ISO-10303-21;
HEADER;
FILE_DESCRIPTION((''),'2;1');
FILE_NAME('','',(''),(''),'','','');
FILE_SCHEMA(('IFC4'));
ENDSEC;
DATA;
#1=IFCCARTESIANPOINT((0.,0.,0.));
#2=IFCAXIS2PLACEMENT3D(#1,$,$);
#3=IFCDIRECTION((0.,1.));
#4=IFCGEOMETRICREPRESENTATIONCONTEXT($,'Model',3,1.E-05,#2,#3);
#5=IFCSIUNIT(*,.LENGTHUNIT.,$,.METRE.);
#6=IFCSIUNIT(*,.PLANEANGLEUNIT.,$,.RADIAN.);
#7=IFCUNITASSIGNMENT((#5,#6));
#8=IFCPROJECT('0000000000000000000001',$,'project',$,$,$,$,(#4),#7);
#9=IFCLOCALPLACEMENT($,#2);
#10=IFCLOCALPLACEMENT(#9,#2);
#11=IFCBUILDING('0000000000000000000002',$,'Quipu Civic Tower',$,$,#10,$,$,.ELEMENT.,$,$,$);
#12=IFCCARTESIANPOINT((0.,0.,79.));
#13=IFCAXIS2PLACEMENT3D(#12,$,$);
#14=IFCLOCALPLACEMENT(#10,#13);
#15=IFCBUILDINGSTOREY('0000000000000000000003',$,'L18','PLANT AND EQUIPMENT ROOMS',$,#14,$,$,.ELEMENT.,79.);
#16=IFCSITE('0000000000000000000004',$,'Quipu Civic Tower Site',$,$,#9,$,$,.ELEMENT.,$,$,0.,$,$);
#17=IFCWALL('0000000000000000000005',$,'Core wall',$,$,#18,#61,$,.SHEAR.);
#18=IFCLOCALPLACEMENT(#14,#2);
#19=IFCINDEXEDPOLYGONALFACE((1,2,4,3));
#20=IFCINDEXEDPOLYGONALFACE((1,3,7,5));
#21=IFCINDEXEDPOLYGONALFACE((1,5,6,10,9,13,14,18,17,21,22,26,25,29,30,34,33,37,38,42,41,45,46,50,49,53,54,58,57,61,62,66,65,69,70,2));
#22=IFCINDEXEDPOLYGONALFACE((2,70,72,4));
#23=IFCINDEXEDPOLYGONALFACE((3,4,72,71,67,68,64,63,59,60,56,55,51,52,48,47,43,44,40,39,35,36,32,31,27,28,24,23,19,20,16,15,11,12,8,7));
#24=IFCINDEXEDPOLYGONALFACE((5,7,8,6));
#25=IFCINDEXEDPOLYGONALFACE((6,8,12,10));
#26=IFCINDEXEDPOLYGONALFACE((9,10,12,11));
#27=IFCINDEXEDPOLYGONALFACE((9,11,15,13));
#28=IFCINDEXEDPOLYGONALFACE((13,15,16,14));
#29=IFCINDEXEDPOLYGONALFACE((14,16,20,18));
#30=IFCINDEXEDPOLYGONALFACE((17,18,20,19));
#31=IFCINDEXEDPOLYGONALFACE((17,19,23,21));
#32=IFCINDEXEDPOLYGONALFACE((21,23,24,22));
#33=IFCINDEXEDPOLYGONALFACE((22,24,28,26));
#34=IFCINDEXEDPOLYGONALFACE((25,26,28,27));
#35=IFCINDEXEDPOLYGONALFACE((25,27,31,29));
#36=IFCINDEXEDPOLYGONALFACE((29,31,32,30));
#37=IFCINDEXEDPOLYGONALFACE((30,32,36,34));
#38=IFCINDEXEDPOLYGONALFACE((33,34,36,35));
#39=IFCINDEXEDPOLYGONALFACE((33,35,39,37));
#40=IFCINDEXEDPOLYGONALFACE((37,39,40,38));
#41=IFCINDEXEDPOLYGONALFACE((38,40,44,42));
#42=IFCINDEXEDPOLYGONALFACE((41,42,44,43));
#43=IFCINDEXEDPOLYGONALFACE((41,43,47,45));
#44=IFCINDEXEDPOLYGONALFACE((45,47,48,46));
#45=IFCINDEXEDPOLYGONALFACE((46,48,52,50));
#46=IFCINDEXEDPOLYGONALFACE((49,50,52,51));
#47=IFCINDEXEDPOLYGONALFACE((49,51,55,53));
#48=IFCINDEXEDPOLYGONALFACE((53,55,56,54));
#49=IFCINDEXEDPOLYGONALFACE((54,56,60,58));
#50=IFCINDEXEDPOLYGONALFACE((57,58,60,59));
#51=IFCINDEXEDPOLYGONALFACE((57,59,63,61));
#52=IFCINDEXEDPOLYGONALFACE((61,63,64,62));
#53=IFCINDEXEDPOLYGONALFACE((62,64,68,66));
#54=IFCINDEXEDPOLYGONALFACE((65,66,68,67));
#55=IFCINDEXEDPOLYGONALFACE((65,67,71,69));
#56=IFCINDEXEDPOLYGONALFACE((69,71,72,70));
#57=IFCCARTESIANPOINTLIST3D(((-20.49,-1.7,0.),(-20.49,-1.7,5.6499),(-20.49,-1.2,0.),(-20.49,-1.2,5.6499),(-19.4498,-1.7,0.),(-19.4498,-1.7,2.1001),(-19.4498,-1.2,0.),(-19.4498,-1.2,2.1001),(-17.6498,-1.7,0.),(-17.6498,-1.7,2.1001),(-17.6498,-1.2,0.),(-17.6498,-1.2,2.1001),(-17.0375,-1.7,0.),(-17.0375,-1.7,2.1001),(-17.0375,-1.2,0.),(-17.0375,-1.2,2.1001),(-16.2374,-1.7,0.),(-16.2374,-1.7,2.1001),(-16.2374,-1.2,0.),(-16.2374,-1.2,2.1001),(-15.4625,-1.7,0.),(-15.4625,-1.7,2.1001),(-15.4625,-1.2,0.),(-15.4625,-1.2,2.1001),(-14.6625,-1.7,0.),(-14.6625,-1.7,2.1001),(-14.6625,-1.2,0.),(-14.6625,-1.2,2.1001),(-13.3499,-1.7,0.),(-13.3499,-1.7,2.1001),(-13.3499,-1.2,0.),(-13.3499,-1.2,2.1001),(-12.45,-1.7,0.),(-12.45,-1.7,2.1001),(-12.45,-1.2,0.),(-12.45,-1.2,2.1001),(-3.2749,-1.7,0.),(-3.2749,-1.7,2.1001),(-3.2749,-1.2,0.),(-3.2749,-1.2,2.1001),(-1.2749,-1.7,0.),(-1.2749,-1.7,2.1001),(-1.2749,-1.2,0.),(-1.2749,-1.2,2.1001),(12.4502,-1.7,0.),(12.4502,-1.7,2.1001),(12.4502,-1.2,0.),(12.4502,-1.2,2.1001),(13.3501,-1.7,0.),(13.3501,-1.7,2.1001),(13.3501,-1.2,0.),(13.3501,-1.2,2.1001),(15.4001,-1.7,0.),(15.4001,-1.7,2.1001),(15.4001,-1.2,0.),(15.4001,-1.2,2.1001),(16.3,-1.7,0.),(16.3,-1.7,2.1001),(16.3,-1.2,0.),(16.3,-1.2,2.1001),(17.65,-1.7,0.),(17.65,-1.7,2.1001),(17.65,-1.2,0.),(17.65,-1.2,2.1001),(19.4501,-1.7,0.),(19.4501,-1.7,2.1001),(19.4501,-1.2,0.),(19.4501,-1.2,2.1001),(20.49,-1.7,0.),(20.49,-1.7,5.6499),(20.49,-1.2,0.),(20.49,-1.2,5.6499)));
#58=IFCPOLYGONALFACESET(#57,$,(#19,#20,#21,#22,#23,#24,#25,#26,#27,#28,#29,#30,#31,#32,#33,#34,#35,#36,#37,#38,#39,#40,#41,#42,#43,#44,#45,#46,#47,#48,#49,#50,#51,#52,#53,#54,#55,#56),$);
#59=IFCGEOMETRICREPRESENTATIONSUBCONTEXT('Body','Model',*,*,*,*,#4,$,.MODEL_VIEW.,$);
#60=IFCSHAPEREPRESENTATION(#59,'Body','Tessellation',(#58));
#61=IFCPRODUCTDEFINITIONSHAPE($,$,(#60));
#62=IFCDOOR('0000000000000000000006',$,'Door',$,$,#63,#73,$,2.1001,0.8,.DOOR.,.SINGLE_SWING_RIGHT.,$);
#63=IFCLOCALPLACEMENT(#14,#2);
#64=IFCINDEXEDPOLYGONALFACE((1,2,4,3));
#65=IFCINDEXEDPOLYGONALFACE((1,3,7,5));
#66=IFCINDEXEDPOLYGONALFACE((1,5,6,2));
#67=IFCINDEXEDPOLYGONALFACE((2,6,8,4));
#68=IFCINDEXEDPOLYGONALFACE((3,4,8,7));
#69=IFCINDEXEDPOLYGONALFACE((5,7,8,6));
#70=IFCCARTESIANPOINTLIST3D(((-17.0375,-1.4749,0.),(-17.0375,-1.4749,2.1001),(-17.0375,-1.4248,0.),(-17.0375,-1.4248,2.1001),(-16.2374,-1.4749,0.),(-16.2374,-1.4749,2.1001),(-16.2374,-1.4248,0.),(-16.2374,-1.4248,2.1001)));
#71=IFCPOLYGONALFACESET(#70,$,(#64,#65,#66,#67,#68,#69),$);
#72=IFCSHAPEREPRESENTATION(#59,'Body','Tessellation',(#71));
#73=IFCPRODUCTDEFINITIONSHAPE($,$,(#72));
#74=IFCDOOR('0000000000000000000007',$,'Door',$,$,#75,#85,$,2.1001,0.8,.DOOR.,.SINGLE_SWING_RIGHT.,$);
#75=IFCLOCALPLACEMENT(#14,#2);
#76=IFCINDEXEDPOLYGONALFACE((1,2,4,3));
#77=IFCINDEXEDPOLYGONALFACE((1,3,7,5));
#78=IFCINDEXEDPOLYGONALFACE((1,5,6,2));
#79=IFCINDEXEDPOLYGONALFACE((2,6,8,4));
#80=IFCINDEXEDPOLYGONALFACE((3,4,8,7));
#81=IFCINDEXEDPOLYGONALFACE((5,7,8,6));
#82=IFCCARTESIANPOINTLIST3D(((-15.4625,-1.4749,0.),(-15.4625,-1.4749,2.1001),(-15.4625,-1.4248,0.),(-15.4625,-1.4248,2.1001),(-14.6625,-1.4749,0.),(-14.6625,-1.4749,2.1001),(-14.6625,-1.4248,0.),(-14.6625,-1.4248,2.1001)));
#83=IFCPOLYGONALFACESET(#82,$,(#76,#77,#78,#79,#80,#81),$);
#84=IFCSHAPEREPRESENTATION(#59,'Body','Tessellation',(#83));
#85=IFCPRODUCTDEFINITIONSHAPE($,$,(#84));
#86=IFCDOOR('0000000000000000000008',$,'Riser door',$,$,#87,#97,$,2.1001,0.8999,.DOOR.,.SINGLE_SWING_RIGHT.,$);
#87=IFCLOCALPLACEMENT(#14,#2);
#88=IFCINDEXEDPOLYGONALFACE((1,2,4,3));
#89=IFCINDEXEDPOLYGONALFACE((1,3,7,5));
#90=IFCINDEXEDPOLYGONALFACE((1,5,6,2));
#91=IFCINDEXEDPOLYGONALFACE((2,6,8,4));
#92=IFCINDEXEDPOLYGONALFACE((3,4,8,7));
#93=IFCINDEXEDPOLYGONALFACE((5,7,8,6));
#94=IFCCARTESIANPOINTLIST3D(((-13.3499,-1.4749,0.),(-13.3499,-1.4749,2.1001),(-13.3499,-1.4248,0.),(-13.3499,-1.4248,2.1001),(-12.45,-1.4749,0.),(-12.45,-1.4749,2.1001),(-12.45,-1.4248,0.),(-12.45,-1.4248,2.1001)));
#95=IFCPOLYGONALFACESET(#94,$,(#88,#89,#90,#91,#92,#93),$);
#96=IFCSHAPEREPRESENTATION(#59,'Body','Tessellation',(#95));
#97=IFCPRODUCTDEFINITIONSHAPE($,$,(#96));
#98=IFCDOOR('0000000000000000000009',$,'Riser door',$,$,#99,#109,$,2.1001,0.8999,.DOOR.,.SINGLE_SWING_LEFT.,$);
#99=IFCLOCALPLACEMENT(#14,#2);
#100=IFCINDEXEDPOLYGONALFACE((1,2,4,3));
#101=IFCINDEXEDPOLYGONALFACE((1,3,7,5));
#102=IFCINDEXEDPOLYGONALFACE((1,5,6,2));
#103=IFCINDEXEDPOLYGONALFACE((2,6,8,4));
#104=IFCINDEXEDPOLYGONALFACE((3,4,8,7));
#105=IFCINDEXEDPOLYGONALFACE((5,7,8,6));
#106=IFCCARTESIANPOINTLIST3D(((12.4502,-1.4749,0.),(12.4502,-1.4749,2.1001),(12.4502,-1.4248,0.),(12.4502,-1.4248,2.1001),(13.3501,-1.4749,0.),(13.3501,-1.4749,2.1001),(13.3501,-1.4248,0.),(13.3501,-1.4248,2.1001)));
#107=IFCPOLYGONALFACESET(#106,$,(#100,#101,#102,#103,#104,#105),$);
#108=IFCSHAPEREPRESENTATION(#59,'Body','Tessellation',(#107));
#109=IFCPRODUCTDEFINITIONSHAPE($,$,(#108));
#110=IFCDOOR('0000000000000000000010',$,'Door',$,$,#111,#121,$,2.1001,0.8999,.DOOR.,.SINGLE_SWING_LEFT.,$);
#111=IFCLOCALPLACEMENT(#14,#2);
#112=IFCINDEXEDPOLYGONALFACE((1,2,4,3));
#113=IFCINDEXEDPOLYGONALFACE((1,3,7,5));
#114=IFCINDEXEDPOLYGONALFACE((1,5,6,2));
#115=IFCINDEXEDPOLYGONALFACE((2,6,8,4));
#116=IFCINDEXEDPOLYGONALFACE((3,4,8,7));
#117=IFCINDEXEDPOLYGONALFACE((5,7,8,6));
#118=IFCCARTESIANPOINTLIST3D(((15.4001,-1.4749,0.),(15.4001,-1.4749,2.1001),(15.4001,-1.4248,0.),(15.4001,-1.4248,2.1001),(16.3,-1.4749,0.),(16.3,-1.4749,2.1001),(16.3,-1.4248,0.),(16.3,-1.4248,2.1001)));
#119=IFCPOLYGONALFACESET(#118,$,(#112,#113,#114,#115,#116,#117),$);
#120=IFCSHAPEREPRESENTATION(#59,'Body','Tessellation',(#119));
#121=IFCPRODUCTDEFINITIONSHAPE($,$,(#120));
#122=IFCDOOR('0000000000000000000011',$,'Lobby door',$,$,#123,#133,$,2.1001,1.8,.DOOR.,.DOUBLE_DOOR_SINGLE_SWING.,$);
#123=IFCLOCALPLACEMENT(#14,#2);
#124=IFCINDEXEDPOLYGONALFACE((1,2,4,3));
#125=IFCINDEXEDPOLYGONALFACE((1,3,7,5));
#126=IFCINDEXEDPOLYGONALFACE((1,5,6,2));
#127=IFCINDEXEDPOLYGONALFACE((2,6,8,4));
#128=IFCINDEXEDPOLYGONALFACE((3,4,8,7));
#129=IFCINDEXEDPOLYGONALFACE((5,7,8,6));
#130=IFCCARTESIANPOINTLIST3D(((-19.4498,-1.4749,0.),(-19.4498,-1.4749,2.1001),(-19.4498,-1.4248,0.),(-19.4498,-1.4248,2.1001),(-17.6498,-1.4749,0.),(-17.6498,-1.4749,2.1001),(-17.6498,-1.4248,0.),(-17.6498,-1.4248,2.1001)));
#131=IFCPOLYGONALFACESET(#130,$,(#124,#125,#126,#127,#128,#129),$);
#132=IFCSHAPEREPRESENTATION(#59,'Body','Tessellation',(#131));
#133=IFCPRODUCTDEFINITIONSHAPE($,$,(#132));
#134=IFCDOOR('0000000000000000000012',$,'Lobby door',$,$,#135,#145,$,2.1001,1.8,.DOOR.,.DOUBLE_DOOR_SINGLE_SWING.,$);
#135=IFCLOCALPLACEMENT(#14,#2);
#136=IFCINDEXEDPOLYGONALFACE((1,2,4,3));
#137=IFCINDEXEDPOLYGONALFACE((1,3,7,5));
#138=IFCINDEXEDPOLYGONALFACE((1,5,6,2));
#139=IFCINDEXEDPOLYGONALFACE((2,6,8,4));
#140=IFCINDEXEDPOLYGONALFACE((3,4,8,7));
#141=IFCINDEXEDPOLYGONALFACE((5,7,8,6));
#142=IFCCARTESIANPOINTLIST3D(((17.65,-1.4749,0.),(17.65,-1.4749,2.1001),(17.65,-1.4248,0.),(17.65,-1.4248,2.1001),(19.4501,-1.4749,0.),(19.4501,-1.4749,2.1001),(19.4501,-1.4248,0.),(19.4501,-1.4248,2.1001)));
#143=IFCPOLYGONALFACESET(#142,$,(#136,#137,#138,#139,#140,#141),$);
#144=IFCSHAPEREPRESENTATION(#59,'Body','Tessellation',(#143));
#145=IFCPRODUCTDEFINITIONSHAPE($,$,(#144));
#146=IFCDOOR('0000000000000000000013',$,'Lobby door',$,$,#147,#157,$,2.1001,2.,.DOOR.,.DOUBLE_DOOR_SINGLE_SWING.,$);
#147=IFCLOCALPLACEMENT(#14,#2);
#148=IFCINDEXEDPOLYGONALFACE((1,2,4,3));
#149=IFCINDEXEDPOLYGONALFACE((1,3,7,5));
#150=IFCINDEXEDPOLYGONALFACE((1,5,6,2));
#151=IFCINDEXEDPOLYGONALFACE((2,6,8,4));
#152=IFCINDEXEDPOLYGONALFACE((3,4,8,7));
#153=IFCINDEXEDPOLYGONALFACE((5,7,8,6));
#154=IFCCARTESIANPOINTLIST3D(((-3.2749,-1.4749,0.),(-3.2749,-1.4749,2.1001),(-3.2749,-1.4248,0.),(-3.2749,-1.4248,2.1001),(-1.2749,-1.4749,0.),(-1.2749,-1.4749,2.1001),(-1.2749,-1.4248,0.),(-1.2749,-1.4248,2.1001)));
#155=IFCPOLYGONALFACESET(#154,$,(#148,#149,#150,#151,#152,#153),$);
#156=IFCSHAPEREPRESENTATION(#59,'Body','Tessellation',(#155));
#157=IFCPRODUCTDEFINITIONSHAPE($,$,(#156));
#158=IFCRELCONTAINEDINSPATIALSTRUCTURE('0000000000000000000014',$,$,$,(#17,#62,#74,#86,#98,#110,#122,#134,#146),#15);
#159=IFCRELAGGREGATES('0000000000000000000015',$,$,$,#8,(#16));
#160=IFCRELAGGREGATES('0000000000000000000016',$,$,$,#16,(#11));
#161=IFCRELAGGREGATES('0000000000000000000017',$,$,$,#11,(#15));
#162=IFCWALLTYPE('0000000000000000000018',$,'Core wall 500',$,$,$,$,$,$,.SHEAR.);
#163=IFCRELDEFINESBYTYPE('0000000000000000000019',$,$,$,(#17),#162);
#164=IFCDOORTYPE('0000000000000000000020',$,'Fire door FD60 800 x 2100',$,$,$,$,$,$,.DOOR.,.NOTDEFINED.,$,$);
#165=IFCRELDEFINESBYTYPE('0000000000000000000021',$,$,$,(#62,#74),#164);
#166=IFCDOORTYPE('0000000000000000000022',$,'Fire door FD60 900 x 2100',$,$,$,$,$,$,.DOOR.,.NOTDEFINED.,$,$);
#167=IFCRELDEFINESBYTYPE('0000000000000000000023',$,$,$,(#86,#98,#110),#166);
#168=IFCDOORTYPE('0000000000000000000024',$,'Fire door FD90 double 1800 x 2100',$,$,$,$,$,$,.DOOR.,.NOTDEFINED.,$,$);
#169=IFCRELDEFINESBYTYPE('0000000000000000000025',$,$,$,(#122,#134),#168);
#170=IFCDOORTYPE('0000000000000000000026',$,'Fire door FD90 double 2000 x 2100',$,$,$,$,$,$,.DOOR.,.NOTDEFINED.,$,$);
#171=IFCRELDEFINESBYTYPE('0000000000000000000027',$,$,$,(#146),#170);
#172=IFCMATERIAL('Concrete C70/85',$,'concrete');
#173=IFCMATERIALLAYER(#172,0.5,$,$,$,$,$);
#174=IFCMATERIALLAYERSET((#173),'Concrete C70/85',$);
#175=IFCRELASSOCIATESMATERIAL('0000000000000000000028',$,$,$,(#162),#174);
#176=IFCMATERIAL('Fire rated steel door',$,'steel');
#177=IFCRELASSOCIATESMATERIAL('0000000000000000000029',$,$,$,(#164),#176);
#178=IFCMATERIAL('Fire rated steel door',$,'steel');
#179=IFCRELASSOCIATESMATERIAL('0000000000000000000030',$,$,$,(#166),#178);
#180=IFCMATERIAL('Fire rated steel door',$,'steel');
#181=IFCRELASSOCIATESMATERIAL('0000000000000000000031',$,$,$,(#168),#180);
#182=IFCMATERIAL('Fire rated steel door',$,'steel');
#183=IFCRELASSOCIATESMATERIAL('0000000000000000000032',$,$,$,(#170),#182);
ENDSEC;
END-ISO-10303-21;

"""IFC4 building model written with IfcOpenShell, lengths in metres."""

from ifc_helpers import new_model, si_unit, direction, frame, frame_2d, origin, place, context, subcontext, project, spatial, rectangle, extrude, material, layer, layer_set, type_object, element, fill, save


model = new_model("IFC4")

# Units and contexts
model_context = context("Model", 3, precision=1e-05, world=origin(), true_north=direction((0.0, 1.0)))
body_context = subcontext(model_context, "Body", "Model", "MODEL_VIEW")
ifc_project = project(units=[si_unit("LENGTHUNIT", "METRE"), si_unit("PLANEANGLEUNIT", "RADIAN")], contexts=[model_context])

# Site, building, storey
site_placement = place(None, origin())
site = spatial("IfcSite", under=ifc_project, at=site_placement, Name="Quipu Civic Tower Site", CompositionType="ELEMENT", RefElevation=0.0)
building_placement = place(site_placement, origin())
building = spatial("IfcBuilding", under=site, at=building_placement, Name="Quipu Civic Tower", CompositionType="ELEMENT")
storey_placement = place(building_placement, frame((0.0, 0.0, 79.0)))
storey = spatial("IfcBuildingStorey", under=building, at=storey_placement, Name="L18", Description="PLANT AND EQUIPMENT ROOMS", CompositionType="ELEMENT", Elevation=79.0)

# Shared definitions
ifc_material_1 = material(Name="Concrete C70/85", Category="concrete")
ifc_layer = layer(ifc_material_1, 0.5)
ifc_layer_set = layer_set([ifc_layer], Name="Concrete C70/85")
wall_type_1 = type_object("IfcWallType", Name="Core wall 500", PredefinedType="SHEAR", material=ifc_layer_set)

# Wall, openings, doors
wall_1_placement = place(storey_placement, frame((20.49, -1.45, 0.0), z_axis=(0.0, 0.0, 1.0), x_axis=(-1.0, 0.0, 0.0)))
wall_1 = element("IfcWall", 1, at=wall_1_placement, inside=storey, type_object=wall_type_1, Name="Core wall", PredefinedType="SHEAR", context=body_context, shape_type="SweptSolid", body=[
    extrude(rectangle(XDim=40.98, YDim=0.5, at=frame_2d((20.49, 0.0))), origin(), (0.0, 0.0, 1.0), 5.6499),
])
opening_1_placement = place(wall_1_placement, frame((38.1399, 0.0, 0.0)))
opening_1 = element("IfcOpeningElement", 2, at=opening_1_placement, cuts=wall_1, PredefinedType="OPENING", context=body_context, shape_type="SweptSolid", body=[
    extrude(rectangle(XDim=1.8, YDim=2.1001, at=frame_2d((0.8999, 1.05))), frame((0.0, 0.26, 0.0), z_axis=(0.0, -1.0, 0.0), x_axis=(1.0, 0.0, 0.0)), (0.0, 0.0, 1.0), 0.52),
])
opening_2_placement = place(wall_1_placement, frame((36.7275, 0.0, 0.0)))
opening_2 = element("IfcOpeningElement", 3, at=opening_2_placement, cuts=wall_1, PredefinedType="OPENING", context=body_context, shape_type="SweptSolid", body=[
    extrude(rectangle(XDim=0.8, YDim=2.1001, at=frame_2d((0.3999, 1.05))), frame((0.0, 0.26, 0.0), z_axis=(0.0, -1.0, 0.0), x_axis=(1.0, 0.0, 0.0)), (0.0, 0.0, 1.0), 0.52),
])
opening_3_placement = place(wall_1_placement, frame((35.1526, 0.0, 0.0)))
opening_3 = element("IfcOpeningElement", 4, at=opening_3_placement, cuts=wall_1, PredefinedType="OPENING", context=body_context, shape_type="SweptSolid", body=[
    extrude(rectangle(XDim=0.8, YDim=2.1001, at=frame_2d((0.3999, 1.05))), frame((0.0, 0.26, 0.0), z_axis=(0.0, -1.0, 0.0), x_axis=(1.0, 0.0, 0.0)), (0.0, 0.0, 1.0), 0.52),
])
opening_4_placement = place(wall_1_placement, frame((32.9399, 0.0, 0.0)))
opening_4 = element("IfcOpeningElement", 5, at=opening_4_placement, cuts=wall_1, PredefinedType="OPENING", context=body_context, shape_type="SweptSolid", body=[
    extrude(rectangle(XDim=0.8999, YDim=2.1001, at=frame_2d((0.45, 1.05))), frame((0.0, 0.26, 0.0), z_axis=(0.0, -1.0, 0.0), x_axis=(1.0, 0.0, 0.0)), (0.0, 0.0, 1.0), 0.52),
])
opening_5_placement = place(wall_1_placement, frame((21.7649, 0.0, 0.0)))
opening_5 = element("IfcOpeningElement", 6, at=opening_5_placement, cuts=wall_1, PredefinedType="OPENING", context=body_context, shape_type="SweptSolid", body=[
    extrude(rectangle(XDim=2.0, YDim=2.1001, at=frame_2d((1.0, 1.05))), frame((0.0, 0.26, 0.0), z_axis=(0.0, -1.0, 0.0), x_axis=(1.0, 0.0, 0.0)), (0.0, 0.0, 1.0), 0.52),
])
opening_6_placement = place(wall_1_placement, frame((7.1399, 0.0, 0.0)))
opening_6 = element("IfcOpeningElement", 7, at=opening_6_placement, cuts=wall_1, PredefinedType="OPENING", context=body_context, shape_type="SweptSolid", body=[
    extrude(rectangle(XDim=0.8999, YDim=2.1001, at=frame_2d((0.45, 1.05))), frame((0.0, 0.26, 0.0), z_axis=(0.0, -1.0, 0.0), x_axis=(1.0, 0.0, 0.0)), (0.0, 0.0, 1.0), 0.52),
])
opening_7_placement = place(wall_1_placement, frame((4.1899, 0.0, 0.0)))
opening_7 = element("IfcOpeningElement", 8, at=opening_7_placement, cuts=wall_1, PredefinedType="OPENING", context=body_context, shape_type="SweptSolid", body=[
    extrude(rectangle(XDim=0.8999, YDim=2.1001, at=frame_2d((0.45, 1.05))), frame((0.0, 0.26, 0.0), z_axis=(0.0, -1.0, 0.0), x_axis=(1.0, 0.0, 0.0)), (0.0, 0.0, 1.0), 0.52),
])
opening_8_placement = place(wall_1_placement, frame((1.04, 0.0, 0.0)))
opening_8 = element("IfcOpeningElement", 9, at=opening_8_placement, cuts=wall_1, PredefinedType="OPENING", context=body_context, shape_type="SweptSolid", body=[
    extrude(rectangle(XDim=1.8, YDim=2.1001, at=frame_2d((0.8999, 1.05))), frame((0.0, 0.26, 0.0), z_axis=(0.0, -1.0, 0.0), x_axis=(1.0, 0.0, 0.0)), (0.0, 0.0, 1.0), 0.52),
])
ifc_material_2 = material(Name="Fire rated steel door", Category="steel")
door_type_1 = type_object("IfcDoorType", Name="Fire door FD60 800 x 2100", OperationType="NOTDEFINED", PredefinedType="DOOR", material=ifc_material_2)
door_1_placement = place(opening_2_placement, origin())
door_1 = element("IfcDoor", 10, at=door_1_placement, inside=storey, type_object=door_type_1, Name="Door", OperationType="SINGLE_SWING_RIGHT", OverallHeight=2.1001, OverallWidth=0.8, PredefinedType="DOOR", context=body_context, shape_type="SweptSolid", body=[
    extrude(rectangle(XDim=0.8, YDim=2.1001, at=frame_2d((0.3999, 1.05))), frame((0.0, 0.0249, 0.0), z_axis=(0.0, -1.0, 0.0), x_axis=(1.0, 0.0, 0.0)), (0.0, 0.0, 1.0), 0.05),
])
fill(opening_2, door_1)
door_2_placement = place(opening_3_placement, origin())
door_2 = element("IfcDoor", 11, at=door_2_placement, inside=storey, type_object=door_type_1, Name="Door", OperationType="SINGLE_SWING_RIGHT", OverallHeight=2.1001, OverallWidth=0.8, PredefinedType="DOOR", context=body_context, shape_type="SweptSolid", body=[
    extrude(rectangle(XDim=0.8, YDim=2.1001, at=frame_2d((0.3999, 1.05))), frame((0.0, 0.0249, 0.0), z_axis=(0.0, -1.0, 0.0), x_axis=(1.0, 0.0, 0.0)), (0.0, 0.0, 1.0), 0.05),
])
fill(opening_3, door_2)
ifc_material_3 = material(Name="Fire rated steel door", Category="steel")
door_type_2 = type_object("IfcDoorType", Name="Fire door FD60 900 x 2100", OperationType="NOTDEFINED", PredefinedType="DOOR", material=ifc_material_3)
door_3_placement = place(opening_4_placement, origin())
door_3 = element("IfcDoor", 12, at=door_3_placement, inside=storey, type_object=door_type_2, Name="Riser door", OperationType="SINGLE_SWING_RIGHT", OverallHeight=2.1001, OverallWidth=0.8999, PredefinedType="DOOR", context=body_context, shape_type="SweptSolid", body=[
    extrude(rectangle(XDim=0.8999, YDim=2.1001, at=frame_2d((0.45, 1.05))), frame((0.0, 0.0249, 0.0), z_axis=(0.0, -1.0, 0.0), x_axis=(1.0, 0.0, 0.0)), (0.0, 0.0, 1.0), 0.05),
])
fill(opening_4, door_3)
door_4_placement = place(opening_6_placement, origin())
door_4 = element("IfcDoor", 13, at=door_4_placement, inside=storey, type_object=door_type_2, Name="Riser door", OperationType="SINGLE_SWING_LEFT", OverallHeight=2.1001, OverallWidth=0.8999, PredefinedType="DOOR", context=body_context, shape_type="SweptSolid", body=[
    extrude(rectangle(XDim=0.8999, YDim=2.1001, at=frame_2d((0.45, 1.05))), frame((0.0, 0.0249, 0.0), z_axis=(0.0, -1.0, 0.0), x_axis=(1.0, 0.0, 0.0)), (0.0, 0.0, 1.0), 0.05),
])
fill(opening_6, door_4)
door_5_placement = place(opening_7_placement, origin())
door_5 = element("IfcDoor", 14, at=door_5_placement, inside=storey, type_object=door_type_2, Name="Door", OperationType="SINGLE_SWING_LEFT", OverallHeight=2.1001, OverallWidth=0.8999, PredefinedType="DOOR", context=body_context, shape_type="SweptSolid", body=[
    extrude(rectangle(XDim=0.8999, YDim=2.1001, at=frame_2d((0.45, 1.05))), frame((0.0, 0.0249, 0.0), z_axis=(0.0, -1.0, 0.0), x_axis=(1.0, 0.0, 0.0)), (0.0, 0.0, 1.0), 0.05),
])
fill(opening_7, door_5)
ifc_material_4 = material(Name="Fire rated steel door", Category="steel")
door_type_3 = type_object("IfcDoorType", Name="Fire door FD90 double 1800 x 2100", OperationType="NOTDEFINED", PredefinedType="DOOR", material=ifc_material_4)
door_6_placement = place(opening_1_placement, origin())
door_6 = element("IfcDoor", 15, at=door_6_placement, inside=storey, type_object=door_type_3, Name="Lobby door", OperationType="DOUBLE_DOOR_SINGLE_SWING", OverallHeight=2.1001, OverallWidth=1.8, PredefinedType="DOOR", context=body_context, shape_type="SweptSolid", body=[
    extrude(rectangle(XDim=1.8, YDim=2.1001, at=frame_2d((0.8999, 1.05))), frame((0.0, 0.0249, 0.0), z_axis=(0.0, -1.0, 0.0), x_axis=(1.0, 0.0, 0.0)), (0.0, 0.0, 1.0), 0.05),
])
fill(opening_1, door_6)
door_7_placement = place(opening_8_placement, origin())
door_7 = element("IfcDoor", 16, at=door_7_placement, inside=storey, type_object=door_type_3, Name="Lobby door", OperationType="DOUBLE_DOOR_SINGLE_SWING", OverallHeight=2.1001, OverallWidth=1.8, PredefinedType="DOOR", context=body_context, shape_type="SweptSolid", body=[
    extrude(rectangle(XDim=1.8, YDim=2.1001, at=frame_2d((0.8999, 1.05))), frame((0.0, 0.0249, 0.0), z_axis=(0.0, -1.0, 0.0), x_axis=(1.0, 0.0, 0.0)), (0.0, 0.0, 1.0), 0.05),
])
fill(opening_8, door_7)
ifc_material_5 = material(Name="Fire rated steel door", Category="steel")
door_type_4 = type_object("IfcDoorType", Name="Fire door FD90 double 2000 x 2100", OperationType="NOTDEFINED", PredefinedType="DOOR", material=ifc_material_5)
door_8_placement = place(opening_5_placement, origin())
door_8 = element("IfcDoor", 17, at=door_8_placement, inside=storey, type_object=door_type_4, Name="Lobby door", OperationType="DOUBLE_DOOR_SINGLE_SWING", OverallHeight=2.1001, OverallWidth=2.0, PredefinedType="DOOR", context=body_context, shape_type="SweptSolid", body=[
    extrude(rectangle(XDim=2.0, YDim=2.1001, at=frame_2d((1.0, 1.05))), frame((0.0, 0.0249, 0.0), z_axis=(0.0, -1.0, 0.0), x_axis=(1.0, 0.0, 0.0)), (0.0, 0.0, 1.0), 0.05),
])
fill(opening_5, door_8)

save(model, "model.ifc")
